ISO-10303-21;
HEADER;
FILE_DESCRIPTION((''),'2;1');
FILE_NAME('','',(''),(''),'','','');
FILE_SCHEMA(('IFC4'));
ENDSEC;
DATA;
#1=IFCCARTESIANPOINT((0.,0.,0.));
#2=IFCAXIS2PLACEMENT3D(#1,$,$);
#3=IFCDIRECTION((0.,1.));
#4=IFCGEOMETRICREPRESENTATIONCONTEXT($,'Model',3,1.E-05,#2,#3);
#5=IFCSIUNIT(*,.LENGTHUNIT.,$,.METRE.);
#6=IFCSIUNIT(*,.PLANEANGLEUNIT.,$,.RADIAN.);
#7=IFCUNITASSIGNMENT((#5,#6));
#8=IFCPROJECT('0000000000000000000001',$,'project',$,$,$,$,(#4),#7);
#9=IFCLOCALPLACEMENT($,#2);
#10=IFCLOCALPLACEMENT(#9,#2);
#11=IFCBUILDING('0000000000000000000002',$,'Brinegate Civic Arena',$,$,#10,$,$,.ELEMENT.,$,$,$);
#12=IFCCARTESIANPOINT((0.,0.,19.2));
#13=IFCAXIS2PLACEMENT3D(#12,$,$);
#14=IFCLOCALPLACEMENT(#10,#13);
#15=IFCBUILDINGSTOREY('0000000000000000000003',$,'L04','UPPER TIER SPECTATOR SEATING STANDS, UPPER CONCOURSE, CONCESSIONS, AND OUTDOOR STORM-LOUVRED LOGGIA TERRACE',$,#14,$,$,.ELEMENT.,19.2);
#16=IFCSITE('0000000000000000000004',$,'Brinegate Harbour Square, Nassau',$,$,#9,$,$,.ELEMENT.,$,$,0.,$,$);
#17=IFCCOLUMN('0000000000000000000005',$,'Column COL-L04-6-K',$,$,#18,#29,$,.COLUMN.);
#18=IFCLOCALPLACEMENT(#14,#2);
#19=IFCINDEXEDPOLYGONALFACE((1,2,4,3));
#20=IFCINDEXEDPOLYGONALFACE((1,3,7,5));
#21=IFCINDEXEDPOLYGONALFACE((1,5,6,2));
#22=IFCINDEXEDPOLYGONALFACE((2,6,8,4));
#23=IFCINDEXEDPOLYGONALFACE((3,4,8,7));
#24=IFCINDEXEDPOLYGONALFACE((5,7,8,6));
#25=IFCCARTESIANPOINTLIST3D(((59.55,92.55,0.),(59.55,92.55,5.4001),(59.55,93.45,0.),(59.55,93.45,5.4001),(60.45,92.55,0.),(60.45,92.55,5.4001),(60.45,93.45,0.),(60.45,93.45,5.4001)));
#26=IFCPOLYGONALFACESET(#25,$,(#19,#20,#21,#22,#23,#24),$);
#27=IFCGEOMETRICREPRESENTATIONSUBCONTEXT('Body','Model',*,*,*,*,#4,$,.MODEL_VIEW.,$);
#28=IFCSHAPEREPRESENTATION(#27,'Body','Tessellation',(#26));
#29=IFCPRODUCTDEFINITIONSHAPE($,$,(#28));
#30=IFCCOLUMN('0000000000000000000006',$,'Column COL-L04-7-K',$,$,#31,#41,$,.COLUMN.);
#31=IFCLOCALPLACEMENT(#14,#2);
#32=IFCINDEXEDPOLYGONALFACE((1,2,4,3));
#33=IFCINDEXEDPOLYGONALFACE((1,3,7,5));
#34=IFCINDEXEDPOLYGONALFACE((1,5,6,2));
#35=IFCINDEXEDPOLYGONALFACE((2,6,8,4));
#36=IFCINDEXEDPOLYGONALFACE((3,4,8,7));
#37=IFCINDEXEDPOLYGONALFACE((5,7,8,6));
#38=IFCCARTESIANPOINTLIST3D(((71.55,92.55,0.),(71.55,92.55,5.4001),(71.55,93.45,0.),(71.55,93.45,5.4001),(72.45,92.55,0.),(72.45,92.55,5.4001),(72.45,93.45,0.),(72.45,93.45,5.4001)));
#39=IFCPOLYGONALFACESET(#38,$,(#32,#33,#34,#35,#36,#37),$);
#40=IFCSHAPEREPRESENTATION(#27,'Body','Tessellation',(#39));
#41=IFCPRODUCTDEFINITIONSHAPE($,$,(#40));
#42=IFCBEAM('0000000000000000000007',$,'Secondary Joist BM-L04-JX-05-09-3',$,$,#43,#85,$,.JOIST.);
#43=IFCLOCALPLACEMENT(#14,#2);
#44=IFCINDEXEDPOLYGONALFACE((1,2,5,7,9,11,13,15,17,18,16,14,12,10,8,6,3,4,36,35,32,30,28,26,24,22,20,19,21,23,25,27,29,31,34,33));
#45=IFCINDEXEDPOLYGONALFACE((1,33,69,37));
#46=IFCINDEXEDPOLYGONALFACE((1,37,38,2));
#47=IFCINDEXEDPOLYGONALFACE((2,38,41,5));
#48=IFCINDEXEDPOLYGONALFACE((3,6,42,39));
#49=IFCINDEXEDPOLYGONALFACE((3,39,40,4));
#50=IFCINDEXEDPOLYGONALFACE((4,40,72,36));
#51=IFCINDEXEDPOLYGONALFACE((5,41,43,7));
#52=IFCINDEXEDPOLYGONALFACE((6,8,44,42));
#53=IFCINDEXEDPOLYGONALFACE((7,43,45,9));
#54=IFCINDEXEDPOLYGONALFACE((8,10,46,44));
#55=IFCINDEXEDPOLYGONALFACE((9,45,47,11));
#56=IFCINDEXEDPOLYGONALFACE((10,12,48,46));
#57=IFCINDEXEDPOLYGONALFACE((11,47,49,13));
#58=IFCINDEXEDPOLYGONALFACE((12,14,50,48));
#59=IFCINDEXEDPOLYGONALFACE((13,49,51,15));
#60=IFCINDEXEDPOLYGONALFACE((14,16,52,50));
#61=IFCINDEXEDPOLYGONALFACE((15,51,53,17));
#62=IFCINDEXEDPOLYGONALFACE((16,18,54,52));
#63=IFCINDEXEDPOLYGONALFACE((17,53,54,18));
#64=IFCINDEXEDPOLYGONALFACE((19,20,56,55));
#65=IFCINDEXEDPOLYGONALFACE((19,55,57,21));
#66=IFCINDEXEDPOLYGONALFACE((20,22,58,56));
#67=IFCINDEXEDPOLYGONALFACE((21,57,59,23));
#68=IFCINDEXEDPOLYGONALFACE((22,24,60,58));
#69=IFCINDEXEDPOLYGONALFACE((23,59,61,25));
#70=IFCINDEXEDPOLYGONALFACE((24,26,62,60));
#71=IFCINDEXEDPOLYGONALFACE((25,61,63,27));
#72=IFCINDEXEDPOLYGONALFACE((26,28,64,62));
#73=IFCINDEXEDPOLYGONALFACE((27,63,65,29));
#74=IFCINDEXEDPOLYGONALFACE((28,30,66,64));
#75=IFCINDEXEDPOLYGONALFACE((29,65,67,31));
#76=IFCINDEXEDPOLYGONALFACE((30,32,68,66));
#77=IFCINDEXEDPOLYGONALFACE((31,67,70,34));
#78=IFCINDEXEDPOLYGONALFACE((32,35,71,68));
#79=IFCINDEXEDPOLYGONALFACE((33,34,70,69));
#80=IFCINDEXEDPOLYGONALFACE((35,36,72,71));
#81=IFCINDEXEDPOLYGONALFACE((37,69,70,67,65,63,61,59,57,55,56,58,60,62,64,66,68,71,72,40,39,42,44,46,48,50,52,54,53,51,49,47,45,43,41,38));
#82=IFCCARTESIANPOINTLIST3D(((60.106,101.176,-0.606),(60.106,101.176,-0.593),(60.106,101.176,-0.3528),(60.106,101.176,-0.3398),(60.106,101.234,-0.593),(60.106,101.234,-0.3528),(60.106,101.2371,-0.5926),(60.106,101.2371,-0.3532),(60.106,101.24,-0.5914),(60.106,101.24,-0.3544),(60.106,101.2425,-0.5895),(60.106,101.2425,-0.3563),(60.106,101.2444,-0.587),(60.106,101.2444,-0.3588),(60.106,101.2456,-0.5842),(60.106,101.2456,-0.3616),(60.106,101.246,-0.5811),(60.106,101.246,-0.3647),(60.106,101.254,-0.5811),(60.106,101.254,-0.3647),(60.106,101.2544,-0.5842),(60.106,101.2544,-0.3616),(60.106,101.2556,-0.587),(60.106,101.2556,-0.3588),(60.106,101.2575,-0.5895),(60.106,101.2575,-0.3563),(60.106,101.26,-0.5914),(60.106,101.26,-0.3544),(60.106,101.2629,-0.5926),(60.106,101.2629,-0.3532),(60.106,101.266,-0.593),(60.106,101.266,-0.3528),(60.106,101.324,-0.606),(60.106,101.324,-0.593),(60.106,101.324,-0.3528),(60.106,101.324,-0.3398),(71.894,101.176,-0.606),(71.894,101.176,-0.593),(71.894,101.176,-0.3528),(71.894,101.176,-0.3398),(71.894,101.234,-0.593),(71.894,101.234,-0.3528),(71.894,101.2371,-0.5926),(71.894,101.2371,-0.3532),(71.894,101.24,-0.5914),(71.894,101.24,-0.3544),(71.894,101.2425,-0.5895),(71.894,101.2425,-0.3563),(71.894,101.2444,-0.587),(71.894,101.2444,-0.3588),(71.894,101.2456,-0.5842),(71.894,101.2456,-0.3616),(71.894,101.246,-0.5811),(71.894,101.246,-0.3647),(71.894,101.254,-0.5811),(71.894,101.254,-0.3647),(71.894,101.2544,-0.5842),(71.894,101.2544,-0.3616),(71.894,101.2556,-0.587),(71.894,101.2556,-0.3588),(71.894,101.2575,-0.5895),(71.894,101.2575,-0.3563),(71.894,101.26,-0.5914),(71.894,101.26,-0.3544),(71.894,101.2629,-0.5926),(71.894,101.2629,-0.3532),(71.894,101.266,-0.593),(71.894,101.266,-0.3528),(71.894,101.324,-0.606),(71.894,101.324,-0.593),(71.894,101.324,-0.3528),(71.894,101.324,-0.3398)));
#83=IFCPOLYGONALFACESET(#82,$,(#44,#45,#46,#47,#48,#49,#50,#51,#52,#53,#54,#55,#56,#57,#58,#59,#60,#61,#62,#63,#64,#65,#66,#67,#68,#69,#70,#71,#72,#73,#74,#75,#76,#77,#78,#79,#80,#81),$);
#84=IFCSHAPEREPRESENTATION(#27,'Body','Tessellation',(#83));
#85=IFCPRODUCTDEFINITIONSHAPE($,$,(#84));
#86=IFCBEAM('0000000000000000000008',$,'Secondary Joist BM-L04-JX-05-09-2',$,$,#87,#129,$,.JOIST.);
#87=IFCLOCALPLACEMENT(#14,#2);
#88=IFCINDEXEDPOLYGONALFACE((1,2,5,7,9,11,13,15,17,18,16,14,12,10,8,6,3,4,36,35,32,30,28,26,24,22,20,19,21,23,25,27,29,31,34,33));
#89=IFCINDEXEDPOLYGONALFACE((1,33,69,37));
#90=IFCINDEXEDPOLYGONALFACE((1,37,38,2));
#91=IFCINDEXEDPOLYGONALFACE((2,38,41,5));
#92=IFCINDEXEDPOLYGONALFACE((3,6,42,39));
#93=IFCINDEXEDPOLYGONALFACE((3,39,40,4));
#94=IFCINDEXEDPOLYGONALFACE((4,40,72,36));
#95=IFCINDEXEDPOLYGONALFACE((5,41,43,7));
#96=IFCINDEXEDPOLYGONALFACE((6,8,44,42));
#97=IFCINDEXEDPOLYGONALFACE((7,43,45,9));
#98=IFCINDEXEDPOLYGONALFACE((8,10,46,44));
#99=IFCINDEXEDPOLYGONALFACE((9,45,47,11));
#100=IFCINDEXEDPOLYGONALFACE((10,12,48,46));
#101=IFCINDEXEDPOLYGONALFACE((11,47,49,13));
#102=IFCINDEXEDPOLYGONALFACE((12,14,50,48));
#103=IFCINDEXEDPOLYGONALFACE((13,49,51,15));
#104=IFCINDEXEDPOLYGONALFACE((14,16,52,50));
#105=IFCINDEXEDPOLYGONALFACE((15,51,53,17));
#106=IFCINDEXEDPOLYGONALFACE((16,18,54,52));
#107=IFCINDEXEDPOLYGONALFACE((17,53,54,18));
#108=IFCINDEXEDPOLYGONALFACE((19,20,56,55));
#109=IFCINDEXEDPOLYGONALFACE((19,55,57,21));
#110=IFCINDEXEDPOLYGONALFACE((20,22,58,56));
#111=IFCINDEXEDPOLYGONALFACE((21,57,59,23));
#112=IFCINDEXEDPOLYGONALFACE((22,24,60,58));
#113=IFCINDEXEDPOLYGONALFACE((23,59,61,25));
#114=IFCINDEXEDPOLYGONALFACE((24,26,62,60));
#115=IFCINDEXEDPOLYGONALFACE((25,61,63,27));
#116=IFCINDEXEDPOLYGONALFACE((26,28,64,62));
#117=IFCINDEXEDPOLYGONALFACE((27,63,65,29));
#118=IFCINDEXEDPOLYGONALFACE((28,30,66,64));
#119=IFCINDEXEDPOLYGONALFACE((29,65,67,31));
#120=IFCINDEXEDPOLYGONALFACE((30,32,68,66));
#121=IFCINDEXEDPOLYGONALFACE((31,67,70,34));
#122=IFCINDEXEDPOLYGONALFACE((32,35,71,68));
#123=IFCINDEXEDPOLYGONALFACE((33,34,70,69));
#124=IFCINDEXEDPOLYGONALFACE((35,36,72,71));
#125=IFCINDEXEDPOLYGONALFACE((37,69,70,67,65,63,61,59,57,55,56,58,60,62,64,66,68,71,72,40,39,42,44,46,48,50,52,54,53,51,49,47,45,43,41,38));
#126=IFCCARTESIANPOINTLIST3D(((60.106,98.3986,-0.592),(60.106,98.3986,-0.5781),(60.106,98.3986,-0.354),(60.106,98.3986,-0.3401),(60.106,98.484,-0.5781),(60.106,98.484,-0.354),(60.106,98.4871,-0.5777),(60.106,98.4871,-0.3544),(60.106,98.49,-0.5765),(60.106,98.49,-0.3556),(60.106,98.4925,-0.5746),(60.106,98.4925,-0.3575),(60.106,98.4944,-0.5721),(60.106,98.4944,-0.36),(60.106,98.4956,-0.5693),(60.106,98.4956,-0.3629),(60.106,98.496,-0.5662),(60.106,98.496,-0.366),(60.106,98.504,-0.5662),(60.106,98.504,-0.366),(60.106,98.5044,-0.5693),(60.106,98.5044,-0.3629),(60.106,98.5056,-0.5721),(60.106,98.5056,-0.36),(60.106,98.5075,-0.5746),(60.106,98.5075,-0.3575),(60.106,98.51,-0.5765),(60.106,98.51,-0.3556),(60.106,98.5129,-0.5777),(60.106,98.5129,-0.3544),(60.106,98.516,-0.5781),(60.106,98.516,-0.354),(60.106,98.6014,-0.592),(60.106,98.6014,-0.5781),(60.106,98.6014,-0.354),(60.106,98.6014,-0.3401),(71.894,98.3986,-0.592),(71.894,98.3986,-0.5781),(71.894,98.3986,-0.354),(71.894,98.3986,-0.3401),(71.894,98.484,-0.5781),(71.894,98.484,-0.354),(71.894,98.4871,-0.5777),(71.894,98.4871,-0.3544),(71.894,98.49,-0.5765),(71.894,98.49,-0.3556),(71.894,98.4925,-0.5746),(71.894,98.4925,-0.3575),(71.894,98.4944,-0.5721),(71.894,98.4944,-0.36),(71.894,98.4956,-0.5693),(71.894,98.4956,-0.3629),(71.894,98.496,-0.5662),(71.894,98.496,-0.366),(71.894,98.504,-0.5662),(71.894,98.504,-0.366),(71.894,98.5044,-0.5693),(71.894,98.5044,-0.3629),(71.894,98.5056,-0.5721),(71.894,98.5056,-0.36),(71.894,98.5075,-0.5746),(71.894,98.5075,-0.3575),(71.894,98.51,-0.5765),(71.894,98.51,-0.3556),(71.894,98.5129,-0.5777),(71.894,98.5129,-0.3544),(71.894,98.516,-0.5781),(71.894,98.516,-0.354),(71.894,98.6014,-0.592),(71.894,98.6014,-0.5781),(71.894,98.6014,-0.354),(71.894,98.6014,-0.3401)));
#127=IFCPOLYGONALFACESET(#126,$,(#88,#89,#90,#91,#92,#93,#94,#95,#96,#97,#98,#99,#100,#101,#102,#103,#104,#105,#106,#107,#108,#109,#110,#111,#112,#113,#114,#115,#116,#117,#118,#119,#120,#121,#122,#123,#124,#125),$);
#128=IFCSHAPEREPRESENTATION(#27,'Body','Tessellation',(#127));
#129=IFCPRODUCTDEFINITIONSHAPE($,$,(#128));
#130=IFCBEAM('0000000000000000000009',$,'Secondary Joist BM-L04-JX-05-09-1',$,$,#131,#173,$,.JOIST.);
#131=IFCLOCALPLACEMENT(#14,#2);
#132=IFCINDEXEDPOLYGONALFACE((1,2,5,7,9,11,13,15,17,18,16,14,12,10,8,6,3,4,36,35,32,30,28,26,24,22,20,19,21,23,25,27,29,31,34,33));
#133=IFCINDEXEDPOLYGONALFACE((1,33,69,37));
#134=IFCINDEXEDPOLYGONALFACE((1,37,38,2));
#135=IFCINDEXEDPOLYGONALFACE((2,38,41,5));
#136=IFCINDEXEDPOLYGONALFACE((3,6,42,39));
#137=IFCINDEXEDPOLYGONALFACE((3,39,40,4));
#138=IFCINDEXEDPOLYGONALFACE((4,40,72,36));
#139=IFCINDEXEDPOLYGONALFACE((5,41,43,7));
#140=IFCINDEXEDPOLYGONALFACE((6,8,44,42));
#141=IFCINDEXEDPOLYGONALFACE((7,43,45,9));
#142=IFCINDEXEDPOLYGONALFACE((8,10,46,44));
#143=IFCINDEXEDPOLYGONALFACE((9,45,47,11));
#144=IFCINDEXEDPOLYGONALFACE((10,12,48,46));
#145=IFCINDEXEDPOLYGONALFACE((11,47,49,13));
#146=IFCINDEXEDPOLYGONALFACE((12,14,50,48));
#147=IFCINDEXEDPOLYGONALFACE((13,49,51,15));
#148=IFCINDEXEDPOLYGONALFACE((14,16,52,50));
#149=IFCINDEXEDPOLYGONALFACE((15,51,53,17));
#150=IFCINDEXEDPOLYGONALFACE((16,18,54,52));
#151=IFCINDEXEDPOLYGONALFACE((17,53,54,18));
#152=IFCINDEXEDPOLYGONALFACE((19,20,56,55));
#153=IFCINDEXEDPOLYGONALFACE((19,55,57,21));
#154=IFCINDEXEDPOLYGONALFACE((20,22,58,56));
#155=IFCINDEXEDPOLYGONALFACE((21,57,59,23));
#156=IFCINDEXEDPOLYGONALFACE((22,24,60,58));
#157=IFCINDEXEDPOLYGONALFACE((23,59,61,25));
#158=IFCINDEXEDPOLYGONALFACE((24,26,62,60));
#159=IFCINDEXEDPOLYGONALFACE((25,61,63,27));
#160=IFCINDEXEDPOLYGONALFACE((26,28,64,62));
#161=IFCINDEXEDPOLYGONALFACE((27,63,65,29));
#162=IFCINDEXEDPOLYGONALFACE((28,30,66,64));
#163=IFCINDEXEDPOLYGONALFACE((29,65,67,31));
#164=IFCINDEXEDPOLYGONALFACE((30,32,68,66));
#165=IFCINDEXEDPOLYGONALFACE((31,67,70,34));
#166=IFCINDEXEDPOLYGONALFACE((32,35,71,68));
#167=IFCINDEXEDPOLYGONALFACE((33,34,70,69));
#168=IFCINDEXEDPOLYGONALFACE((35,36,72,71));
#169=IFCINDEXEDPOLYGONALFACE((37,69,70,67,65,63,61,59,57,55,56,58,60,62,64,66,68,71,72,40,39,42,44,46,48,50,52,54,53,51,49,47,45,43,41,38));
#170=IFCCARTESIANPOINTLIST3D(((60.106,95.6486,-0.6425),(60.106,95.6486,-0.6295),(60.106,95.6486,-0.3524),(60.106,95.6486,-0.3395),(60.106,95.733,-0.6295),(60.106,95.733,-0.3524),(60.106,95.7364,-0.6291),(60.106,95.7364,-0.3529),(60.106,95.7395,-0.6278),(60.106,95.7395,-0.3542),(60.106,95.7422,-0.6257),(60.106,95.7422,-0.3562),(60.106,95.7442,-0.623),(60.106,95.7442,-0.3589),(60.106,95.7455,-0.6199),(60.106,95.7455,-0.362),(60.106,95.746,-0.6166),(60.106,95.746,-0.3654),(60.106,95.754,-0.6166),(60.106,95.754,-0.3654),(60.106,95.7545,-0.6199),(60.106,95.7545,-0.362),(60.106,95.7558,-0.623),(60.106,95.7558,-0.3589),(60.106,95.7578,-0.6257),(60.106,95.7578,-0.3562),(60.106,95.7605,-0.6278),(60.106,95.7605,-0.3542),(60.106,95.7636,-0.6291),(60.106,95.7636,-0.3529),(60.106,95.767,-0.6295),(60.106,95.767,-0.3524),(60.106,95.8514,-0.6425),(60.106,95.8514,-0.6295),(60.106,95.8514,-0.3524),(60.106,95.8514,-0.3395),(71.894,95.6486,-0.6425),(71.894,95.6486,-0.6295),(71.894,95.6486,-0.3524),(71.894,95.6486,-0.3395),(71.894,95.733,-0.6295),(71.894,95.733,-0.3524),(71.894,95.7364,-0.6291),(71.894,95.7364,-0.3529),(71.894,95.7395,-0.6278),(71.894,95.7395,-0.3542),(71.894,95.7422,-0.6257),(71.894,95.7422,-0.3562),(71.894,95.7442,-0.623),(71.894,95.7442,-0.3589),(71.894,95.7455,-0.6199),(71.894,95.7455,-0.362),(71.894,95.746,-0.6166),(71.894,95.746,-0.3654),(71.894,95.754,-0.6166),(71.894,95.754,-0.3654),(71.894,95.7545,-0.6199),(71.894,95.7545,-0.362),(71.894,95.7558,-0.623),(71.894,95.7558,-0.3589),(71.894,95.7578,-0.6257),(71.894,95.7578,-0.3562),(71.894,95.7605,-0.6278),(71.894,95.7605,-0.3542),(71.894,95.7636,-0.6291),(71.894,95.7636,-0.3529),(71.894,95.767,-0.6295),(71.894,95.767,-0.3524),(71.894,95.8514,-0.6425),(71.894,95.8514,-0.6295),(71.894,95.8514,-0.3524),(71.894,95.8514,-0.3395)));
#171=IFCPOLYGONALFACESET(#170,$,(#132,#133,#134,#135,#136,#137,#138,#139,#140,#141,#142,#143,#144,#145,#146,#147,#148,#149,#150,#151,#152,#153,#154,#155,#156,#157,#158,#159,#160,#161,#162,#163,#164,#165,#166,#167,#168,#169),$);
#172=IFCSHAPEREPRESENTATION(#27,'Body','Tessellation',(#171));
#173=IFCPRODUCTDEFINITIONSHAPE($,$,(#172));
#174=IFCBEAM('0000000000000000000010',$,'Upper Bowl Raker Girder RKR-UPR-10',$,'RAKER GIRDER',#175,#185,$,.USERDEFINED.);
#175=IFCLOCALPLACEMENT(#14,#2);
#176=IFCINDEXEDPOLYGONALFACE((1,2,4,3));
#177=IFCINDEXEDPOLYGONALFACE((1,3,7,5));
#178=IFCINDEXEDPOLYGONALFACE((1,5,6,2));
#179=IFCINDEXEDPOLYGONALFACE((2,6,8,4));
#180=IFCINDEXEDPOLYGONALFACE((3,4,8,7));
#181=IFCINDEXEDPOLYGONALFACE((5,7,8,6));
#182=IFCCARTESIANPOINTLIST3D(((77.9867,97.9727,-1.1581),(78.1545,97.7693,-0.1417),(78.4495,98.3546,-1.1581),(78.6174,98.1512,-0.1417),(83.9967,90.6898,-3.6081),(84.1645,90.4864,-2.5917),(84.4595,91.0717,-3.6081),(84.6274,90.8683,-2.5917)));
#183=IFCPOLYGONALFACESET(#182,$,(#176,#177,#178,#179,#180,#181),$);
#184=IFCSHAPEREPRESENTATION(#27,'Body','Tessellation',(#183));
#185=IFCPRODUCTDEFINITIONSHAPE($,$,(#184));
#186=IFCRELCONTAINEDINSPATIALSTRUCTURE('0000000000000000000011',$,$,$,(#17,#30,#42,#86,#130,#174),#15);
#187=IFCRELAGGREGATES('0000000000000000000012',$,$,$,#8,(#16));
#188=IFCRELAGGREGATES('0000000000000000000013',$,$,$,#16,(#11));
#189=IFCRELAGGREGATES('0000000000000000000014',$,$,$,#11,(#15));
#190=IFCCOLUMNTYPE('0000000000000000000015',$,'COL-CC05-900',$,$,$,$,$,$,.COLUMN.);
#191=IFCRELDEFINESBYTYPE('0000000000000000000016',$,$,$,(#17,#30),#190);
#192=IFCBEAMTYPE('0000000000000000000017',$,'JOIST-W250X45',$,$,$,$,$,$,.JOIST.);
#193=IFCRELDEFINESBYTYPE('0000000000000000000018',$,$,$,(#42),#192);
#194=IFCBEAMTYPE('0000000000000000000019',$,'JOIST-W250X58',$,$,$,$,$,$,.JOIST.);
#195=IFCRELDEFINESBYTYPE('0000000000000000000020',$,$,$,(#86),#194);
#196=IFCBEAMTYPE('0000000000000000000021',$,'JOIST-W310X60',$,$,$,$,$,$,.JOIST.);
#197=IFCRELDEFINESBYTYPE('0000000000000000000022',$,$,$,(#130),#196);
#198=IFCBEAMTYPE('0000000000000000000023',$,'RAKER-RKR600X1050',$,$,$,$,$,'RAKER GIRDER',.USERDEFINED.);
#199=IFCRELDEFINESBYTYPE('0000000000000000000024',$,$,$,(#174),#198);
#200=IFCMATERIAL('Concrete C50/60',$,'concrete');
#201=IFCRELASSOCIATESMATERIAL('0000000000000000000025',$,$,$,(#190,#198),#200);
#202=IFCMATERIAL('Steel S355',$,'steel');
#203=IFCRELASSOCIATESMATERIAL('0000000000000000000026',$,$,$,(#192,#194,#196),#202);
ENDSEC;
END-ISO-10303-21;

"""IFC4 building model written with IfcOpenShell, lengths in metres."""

from ifc_helpers import new_model, si_unit, direction, frame, origin, origin_2d, place, context, subcontext, project, spatial, rectangle, i_section, extrude, material, material_profile, profile_set, type_object, element, save


model = new_model("IFC4")

# Units and contexts
model_context = context("Model", 3, precision=1e-05, world=origin(), true_north=direction((0.0, 1.0)))
body_context = subcontext(model_context, "Body", "Model", "MODEL_VIEW")
ifc_project = project(units=[si_unit("LENGTHUNIT", "METRE"), si_unit("PLANEANGLEUNIT", "RADIAN")], contexts=[model_context])

# Site, building, storey
site_placement = place(None, origin())
site = spatial("IfcSite", under=ifc_project, at=site_placement, Name="Brinegate Harbour Square, Nassau", CompositionType="ELEMENT", RefElevation=0.0)
building_placement = place(site_placement, origin())
building = spatial("IfcBuilding", under=site, at=building_placement, Name="Brinegate Civic Arena", CompositionType="ELEMENT")
storey_placement = place(building_placement, frame((0.0, 0.0, 19.2)))
storey = spatial("IfcBuildingStorey", under=building, at=storey_placement, Name="L04", Description="UPPER TIER SPECTATOR SEATING STANDS, UPPER CONCOURSE, CONCESSIONS, AND OUTDOOR STORM-LOUVRED LOGGIA TERRACE", CompositionType="ELEMENT", Elevation=19.2)

# Columns
ifc_material_1 = material(Name="Concrete C50/60", Category="concrete")
ifc_material_profile_1 = material_profile(ifc_material_1, rectangle(XDim=0.8999, YDim=0.8999, at=origin_2d()), Name="RC900X900")
ifc_profile_set_1 = profile_set([ifc_material_profile_1], Name="Concrete C50/60")
column_type = type_object("IfcColumnType", Name="COL-CC05-900", PredefinedType="COLUMN", material=ifc_profile_set_1)
for number, where, z_axis, x_axis, name in (
    (1, (60.0, 93.0, 0.0), (0.0, 0.0, 1.0), (1.0, 0.0, 0.0), "Column COL-L04-6-K"),
    (2, (72.0, 93.0, 0.0), (0.0, 0.0, 1.0), (1.0, 0.0, 0.0), "Column COL-L04-7-K"),
):
    element("IfcColumn", number, at=place(storey_placement, frame(where, z_axis=z_axis, x_axis=x_axis)), inside=storey, type_object=column_type, Name=name, PredefinedType="COLUMN", context=body_context, shape_type="SweptSolid", body=[
        extrude(rectangle(XDim=0.8999, YDim=0.8999, at=origin_2d()), origin(), (0.0, 0.0, 1.0), 5.4001),
    ])

# Beams
ifc_material_2 = material(Name="Steel S355", Category="steel")
ifc_material_profile_2 = material_profile(ifc_material_2, i_section(OverallWidth=0.1479, OverallDepth=0.2661, WebThickness=0.0081, FlangeThickness=0.0129, FilletRadius=0.012, at=origin_2d()), Name="W250X45")
ifc_profile_set_2 = profile_set([ifc_material_profile_2], Name="Steel S355")
beam_type_1 = type_object("IfcBeamType", Name="JOIST-W250X45", PredefinedType="JOIST", material=ifc_profile_set_2)
beam_1_placement = place(storey_placement, frame((60.106, 101.25, -0.4729), z_axis=(1.0, 0.0, 0.0), x_axis=(0.0, 1.0, 0.0)))
element("IfcBeam", 3, at=beam_1_placement, inside=storey, type_object=beam_type_1, Name="Secondary Joist BM-L04-JX-05-09-3", PredefinedType="JOIST", context=body_context, shape_type="SweptSolid", body=[
    extrude(i_section(OverallWidth=0.1479, OverallDepth=0.2661, WebThickness=0.0081, FlangeThickness=0.0129, FilletRadius=0.012, at=origin_2d()), origin(), (0.0, 0.0, 1.0), 11.7881),
])
ifc_material_profile_3 = material_profile(ifc_material_2, i_section(OverallWidth=0.2029, OverallDepth=0.252, WebThickness=0.0081, FlangeThickness=0.0139, FilletRadius=0.012, at=origin_2d()), Name="W250X58")
ifc_profile_set_3 = profile_set([ifc_material_profile_3], Name="Steel S355")
beam_type_2 = type_object("IfcBeamType", Name="JOIST-W250X58", PredefinedType="JOIST", material=ifc_profile_set_3)
beam_2_placement = place(storey_placement, frame((60.106, 98.5, -0.4661), z_axis=(1.0, 0.0, 0.0), x_axis=(0.0, 1.0, 0.0)))
element("IfcBeam", 4, at=beam_2_placement, inside=storey, type_object=beam_type_2, Name="Secondary Joist BM-L04-JX-05-09-2", PredefinedType="JOIST", context=body_context, shape_type="SweptSolid", body=[
    extrude(i_section(OverallWidth=0.2029, OverallDepth=0.252, WebThickness=0.0081, FlangeThickness=0.0139, FilletRadius=0.012, at=origin_2d()), origin(), (0.0, 0.0, 1.0), 11.7881),
])
ifc_material_profile_4 = material_profile(ifc_material_2, i_section(OverallWidth=0.2029, OverallDepth=0.303, WebThickness=0.0081, FlangeThickness=0.0129, FilletRadius=0.0129, at=origin_2d()), Name="W310X60")
ifc_profile_set_4 = profile_set([ifc_material_profile_4], Name="Steel S355")
beam_type_3 = type_object("IfcBeamType", Name="JOIST-W310X60", PredefinedType="JOIST", material=ifc_profile_set_4)
beam_3_placement = place(storey_placement, frame((60.106, 95.75, -0.491), z_axis=(1.0, 0.0, 0.0), x_axis=(0.0, 1.0, 0.0)))
element("IfcBeam", 5, at=beam_3_placement, inside=storey, type_object=beam_type_3, Name="Secondary Joist BM-L04-JX-05-09-1", PredefinedType="JOIST", context=body_context, shape_type="SweptSolid", body=[
    extrude(i_section(OverallWidth=0.2029, OverallDepth=0.303, WebThickness=0.0081, FlangeThickness=0.0129, FilletRadius=0.0129, at=origin_2d()), origin(), (0.0, 0.0, 1.0), 11.7881),
])
ifc_material_profile_5 = material_profile(ifc_material_1, rectangle(XDim=0.6001, YDim=1.05, at=origin_2d()), Name="RKR600X1050")
ifc_profile_set_5 = profile_set([ifc_material_profile_5], Name="Concrete C50/60")
beam_type_4 = type_object("IfcBeamType", Name="RAKER-RKR600X1050", ElementType="RAKER GIRDER", PredefinedType="USERDEFINED", material=ifc_profile_set_5)
beam_4_placement = place(storey_placement, frame((84.312, 90.7791, -3.0999), z_axis=(-0.616083, 0.746572, 0.251143), x_axis=(-0.771292, -0.636482, 0.0)))
element("IfcBeam", 6, at=beam_4_placement, inside=storey, type_object=beam_type_4, Name="Upper Bowl Raker Girder RKR-UPR-10", ObjectType="RAKER GIRDER", PredefinedType="USERDEFINED", context=body_context, shape_type="SweptSolid", body=[
    extrude(rectangle(XDim=0.6001, YDim=1.05, at=origin_2d()), origin(), (0.0, 0.0, 1.0), 9.7551),
])

save(model, "model.ifc")
